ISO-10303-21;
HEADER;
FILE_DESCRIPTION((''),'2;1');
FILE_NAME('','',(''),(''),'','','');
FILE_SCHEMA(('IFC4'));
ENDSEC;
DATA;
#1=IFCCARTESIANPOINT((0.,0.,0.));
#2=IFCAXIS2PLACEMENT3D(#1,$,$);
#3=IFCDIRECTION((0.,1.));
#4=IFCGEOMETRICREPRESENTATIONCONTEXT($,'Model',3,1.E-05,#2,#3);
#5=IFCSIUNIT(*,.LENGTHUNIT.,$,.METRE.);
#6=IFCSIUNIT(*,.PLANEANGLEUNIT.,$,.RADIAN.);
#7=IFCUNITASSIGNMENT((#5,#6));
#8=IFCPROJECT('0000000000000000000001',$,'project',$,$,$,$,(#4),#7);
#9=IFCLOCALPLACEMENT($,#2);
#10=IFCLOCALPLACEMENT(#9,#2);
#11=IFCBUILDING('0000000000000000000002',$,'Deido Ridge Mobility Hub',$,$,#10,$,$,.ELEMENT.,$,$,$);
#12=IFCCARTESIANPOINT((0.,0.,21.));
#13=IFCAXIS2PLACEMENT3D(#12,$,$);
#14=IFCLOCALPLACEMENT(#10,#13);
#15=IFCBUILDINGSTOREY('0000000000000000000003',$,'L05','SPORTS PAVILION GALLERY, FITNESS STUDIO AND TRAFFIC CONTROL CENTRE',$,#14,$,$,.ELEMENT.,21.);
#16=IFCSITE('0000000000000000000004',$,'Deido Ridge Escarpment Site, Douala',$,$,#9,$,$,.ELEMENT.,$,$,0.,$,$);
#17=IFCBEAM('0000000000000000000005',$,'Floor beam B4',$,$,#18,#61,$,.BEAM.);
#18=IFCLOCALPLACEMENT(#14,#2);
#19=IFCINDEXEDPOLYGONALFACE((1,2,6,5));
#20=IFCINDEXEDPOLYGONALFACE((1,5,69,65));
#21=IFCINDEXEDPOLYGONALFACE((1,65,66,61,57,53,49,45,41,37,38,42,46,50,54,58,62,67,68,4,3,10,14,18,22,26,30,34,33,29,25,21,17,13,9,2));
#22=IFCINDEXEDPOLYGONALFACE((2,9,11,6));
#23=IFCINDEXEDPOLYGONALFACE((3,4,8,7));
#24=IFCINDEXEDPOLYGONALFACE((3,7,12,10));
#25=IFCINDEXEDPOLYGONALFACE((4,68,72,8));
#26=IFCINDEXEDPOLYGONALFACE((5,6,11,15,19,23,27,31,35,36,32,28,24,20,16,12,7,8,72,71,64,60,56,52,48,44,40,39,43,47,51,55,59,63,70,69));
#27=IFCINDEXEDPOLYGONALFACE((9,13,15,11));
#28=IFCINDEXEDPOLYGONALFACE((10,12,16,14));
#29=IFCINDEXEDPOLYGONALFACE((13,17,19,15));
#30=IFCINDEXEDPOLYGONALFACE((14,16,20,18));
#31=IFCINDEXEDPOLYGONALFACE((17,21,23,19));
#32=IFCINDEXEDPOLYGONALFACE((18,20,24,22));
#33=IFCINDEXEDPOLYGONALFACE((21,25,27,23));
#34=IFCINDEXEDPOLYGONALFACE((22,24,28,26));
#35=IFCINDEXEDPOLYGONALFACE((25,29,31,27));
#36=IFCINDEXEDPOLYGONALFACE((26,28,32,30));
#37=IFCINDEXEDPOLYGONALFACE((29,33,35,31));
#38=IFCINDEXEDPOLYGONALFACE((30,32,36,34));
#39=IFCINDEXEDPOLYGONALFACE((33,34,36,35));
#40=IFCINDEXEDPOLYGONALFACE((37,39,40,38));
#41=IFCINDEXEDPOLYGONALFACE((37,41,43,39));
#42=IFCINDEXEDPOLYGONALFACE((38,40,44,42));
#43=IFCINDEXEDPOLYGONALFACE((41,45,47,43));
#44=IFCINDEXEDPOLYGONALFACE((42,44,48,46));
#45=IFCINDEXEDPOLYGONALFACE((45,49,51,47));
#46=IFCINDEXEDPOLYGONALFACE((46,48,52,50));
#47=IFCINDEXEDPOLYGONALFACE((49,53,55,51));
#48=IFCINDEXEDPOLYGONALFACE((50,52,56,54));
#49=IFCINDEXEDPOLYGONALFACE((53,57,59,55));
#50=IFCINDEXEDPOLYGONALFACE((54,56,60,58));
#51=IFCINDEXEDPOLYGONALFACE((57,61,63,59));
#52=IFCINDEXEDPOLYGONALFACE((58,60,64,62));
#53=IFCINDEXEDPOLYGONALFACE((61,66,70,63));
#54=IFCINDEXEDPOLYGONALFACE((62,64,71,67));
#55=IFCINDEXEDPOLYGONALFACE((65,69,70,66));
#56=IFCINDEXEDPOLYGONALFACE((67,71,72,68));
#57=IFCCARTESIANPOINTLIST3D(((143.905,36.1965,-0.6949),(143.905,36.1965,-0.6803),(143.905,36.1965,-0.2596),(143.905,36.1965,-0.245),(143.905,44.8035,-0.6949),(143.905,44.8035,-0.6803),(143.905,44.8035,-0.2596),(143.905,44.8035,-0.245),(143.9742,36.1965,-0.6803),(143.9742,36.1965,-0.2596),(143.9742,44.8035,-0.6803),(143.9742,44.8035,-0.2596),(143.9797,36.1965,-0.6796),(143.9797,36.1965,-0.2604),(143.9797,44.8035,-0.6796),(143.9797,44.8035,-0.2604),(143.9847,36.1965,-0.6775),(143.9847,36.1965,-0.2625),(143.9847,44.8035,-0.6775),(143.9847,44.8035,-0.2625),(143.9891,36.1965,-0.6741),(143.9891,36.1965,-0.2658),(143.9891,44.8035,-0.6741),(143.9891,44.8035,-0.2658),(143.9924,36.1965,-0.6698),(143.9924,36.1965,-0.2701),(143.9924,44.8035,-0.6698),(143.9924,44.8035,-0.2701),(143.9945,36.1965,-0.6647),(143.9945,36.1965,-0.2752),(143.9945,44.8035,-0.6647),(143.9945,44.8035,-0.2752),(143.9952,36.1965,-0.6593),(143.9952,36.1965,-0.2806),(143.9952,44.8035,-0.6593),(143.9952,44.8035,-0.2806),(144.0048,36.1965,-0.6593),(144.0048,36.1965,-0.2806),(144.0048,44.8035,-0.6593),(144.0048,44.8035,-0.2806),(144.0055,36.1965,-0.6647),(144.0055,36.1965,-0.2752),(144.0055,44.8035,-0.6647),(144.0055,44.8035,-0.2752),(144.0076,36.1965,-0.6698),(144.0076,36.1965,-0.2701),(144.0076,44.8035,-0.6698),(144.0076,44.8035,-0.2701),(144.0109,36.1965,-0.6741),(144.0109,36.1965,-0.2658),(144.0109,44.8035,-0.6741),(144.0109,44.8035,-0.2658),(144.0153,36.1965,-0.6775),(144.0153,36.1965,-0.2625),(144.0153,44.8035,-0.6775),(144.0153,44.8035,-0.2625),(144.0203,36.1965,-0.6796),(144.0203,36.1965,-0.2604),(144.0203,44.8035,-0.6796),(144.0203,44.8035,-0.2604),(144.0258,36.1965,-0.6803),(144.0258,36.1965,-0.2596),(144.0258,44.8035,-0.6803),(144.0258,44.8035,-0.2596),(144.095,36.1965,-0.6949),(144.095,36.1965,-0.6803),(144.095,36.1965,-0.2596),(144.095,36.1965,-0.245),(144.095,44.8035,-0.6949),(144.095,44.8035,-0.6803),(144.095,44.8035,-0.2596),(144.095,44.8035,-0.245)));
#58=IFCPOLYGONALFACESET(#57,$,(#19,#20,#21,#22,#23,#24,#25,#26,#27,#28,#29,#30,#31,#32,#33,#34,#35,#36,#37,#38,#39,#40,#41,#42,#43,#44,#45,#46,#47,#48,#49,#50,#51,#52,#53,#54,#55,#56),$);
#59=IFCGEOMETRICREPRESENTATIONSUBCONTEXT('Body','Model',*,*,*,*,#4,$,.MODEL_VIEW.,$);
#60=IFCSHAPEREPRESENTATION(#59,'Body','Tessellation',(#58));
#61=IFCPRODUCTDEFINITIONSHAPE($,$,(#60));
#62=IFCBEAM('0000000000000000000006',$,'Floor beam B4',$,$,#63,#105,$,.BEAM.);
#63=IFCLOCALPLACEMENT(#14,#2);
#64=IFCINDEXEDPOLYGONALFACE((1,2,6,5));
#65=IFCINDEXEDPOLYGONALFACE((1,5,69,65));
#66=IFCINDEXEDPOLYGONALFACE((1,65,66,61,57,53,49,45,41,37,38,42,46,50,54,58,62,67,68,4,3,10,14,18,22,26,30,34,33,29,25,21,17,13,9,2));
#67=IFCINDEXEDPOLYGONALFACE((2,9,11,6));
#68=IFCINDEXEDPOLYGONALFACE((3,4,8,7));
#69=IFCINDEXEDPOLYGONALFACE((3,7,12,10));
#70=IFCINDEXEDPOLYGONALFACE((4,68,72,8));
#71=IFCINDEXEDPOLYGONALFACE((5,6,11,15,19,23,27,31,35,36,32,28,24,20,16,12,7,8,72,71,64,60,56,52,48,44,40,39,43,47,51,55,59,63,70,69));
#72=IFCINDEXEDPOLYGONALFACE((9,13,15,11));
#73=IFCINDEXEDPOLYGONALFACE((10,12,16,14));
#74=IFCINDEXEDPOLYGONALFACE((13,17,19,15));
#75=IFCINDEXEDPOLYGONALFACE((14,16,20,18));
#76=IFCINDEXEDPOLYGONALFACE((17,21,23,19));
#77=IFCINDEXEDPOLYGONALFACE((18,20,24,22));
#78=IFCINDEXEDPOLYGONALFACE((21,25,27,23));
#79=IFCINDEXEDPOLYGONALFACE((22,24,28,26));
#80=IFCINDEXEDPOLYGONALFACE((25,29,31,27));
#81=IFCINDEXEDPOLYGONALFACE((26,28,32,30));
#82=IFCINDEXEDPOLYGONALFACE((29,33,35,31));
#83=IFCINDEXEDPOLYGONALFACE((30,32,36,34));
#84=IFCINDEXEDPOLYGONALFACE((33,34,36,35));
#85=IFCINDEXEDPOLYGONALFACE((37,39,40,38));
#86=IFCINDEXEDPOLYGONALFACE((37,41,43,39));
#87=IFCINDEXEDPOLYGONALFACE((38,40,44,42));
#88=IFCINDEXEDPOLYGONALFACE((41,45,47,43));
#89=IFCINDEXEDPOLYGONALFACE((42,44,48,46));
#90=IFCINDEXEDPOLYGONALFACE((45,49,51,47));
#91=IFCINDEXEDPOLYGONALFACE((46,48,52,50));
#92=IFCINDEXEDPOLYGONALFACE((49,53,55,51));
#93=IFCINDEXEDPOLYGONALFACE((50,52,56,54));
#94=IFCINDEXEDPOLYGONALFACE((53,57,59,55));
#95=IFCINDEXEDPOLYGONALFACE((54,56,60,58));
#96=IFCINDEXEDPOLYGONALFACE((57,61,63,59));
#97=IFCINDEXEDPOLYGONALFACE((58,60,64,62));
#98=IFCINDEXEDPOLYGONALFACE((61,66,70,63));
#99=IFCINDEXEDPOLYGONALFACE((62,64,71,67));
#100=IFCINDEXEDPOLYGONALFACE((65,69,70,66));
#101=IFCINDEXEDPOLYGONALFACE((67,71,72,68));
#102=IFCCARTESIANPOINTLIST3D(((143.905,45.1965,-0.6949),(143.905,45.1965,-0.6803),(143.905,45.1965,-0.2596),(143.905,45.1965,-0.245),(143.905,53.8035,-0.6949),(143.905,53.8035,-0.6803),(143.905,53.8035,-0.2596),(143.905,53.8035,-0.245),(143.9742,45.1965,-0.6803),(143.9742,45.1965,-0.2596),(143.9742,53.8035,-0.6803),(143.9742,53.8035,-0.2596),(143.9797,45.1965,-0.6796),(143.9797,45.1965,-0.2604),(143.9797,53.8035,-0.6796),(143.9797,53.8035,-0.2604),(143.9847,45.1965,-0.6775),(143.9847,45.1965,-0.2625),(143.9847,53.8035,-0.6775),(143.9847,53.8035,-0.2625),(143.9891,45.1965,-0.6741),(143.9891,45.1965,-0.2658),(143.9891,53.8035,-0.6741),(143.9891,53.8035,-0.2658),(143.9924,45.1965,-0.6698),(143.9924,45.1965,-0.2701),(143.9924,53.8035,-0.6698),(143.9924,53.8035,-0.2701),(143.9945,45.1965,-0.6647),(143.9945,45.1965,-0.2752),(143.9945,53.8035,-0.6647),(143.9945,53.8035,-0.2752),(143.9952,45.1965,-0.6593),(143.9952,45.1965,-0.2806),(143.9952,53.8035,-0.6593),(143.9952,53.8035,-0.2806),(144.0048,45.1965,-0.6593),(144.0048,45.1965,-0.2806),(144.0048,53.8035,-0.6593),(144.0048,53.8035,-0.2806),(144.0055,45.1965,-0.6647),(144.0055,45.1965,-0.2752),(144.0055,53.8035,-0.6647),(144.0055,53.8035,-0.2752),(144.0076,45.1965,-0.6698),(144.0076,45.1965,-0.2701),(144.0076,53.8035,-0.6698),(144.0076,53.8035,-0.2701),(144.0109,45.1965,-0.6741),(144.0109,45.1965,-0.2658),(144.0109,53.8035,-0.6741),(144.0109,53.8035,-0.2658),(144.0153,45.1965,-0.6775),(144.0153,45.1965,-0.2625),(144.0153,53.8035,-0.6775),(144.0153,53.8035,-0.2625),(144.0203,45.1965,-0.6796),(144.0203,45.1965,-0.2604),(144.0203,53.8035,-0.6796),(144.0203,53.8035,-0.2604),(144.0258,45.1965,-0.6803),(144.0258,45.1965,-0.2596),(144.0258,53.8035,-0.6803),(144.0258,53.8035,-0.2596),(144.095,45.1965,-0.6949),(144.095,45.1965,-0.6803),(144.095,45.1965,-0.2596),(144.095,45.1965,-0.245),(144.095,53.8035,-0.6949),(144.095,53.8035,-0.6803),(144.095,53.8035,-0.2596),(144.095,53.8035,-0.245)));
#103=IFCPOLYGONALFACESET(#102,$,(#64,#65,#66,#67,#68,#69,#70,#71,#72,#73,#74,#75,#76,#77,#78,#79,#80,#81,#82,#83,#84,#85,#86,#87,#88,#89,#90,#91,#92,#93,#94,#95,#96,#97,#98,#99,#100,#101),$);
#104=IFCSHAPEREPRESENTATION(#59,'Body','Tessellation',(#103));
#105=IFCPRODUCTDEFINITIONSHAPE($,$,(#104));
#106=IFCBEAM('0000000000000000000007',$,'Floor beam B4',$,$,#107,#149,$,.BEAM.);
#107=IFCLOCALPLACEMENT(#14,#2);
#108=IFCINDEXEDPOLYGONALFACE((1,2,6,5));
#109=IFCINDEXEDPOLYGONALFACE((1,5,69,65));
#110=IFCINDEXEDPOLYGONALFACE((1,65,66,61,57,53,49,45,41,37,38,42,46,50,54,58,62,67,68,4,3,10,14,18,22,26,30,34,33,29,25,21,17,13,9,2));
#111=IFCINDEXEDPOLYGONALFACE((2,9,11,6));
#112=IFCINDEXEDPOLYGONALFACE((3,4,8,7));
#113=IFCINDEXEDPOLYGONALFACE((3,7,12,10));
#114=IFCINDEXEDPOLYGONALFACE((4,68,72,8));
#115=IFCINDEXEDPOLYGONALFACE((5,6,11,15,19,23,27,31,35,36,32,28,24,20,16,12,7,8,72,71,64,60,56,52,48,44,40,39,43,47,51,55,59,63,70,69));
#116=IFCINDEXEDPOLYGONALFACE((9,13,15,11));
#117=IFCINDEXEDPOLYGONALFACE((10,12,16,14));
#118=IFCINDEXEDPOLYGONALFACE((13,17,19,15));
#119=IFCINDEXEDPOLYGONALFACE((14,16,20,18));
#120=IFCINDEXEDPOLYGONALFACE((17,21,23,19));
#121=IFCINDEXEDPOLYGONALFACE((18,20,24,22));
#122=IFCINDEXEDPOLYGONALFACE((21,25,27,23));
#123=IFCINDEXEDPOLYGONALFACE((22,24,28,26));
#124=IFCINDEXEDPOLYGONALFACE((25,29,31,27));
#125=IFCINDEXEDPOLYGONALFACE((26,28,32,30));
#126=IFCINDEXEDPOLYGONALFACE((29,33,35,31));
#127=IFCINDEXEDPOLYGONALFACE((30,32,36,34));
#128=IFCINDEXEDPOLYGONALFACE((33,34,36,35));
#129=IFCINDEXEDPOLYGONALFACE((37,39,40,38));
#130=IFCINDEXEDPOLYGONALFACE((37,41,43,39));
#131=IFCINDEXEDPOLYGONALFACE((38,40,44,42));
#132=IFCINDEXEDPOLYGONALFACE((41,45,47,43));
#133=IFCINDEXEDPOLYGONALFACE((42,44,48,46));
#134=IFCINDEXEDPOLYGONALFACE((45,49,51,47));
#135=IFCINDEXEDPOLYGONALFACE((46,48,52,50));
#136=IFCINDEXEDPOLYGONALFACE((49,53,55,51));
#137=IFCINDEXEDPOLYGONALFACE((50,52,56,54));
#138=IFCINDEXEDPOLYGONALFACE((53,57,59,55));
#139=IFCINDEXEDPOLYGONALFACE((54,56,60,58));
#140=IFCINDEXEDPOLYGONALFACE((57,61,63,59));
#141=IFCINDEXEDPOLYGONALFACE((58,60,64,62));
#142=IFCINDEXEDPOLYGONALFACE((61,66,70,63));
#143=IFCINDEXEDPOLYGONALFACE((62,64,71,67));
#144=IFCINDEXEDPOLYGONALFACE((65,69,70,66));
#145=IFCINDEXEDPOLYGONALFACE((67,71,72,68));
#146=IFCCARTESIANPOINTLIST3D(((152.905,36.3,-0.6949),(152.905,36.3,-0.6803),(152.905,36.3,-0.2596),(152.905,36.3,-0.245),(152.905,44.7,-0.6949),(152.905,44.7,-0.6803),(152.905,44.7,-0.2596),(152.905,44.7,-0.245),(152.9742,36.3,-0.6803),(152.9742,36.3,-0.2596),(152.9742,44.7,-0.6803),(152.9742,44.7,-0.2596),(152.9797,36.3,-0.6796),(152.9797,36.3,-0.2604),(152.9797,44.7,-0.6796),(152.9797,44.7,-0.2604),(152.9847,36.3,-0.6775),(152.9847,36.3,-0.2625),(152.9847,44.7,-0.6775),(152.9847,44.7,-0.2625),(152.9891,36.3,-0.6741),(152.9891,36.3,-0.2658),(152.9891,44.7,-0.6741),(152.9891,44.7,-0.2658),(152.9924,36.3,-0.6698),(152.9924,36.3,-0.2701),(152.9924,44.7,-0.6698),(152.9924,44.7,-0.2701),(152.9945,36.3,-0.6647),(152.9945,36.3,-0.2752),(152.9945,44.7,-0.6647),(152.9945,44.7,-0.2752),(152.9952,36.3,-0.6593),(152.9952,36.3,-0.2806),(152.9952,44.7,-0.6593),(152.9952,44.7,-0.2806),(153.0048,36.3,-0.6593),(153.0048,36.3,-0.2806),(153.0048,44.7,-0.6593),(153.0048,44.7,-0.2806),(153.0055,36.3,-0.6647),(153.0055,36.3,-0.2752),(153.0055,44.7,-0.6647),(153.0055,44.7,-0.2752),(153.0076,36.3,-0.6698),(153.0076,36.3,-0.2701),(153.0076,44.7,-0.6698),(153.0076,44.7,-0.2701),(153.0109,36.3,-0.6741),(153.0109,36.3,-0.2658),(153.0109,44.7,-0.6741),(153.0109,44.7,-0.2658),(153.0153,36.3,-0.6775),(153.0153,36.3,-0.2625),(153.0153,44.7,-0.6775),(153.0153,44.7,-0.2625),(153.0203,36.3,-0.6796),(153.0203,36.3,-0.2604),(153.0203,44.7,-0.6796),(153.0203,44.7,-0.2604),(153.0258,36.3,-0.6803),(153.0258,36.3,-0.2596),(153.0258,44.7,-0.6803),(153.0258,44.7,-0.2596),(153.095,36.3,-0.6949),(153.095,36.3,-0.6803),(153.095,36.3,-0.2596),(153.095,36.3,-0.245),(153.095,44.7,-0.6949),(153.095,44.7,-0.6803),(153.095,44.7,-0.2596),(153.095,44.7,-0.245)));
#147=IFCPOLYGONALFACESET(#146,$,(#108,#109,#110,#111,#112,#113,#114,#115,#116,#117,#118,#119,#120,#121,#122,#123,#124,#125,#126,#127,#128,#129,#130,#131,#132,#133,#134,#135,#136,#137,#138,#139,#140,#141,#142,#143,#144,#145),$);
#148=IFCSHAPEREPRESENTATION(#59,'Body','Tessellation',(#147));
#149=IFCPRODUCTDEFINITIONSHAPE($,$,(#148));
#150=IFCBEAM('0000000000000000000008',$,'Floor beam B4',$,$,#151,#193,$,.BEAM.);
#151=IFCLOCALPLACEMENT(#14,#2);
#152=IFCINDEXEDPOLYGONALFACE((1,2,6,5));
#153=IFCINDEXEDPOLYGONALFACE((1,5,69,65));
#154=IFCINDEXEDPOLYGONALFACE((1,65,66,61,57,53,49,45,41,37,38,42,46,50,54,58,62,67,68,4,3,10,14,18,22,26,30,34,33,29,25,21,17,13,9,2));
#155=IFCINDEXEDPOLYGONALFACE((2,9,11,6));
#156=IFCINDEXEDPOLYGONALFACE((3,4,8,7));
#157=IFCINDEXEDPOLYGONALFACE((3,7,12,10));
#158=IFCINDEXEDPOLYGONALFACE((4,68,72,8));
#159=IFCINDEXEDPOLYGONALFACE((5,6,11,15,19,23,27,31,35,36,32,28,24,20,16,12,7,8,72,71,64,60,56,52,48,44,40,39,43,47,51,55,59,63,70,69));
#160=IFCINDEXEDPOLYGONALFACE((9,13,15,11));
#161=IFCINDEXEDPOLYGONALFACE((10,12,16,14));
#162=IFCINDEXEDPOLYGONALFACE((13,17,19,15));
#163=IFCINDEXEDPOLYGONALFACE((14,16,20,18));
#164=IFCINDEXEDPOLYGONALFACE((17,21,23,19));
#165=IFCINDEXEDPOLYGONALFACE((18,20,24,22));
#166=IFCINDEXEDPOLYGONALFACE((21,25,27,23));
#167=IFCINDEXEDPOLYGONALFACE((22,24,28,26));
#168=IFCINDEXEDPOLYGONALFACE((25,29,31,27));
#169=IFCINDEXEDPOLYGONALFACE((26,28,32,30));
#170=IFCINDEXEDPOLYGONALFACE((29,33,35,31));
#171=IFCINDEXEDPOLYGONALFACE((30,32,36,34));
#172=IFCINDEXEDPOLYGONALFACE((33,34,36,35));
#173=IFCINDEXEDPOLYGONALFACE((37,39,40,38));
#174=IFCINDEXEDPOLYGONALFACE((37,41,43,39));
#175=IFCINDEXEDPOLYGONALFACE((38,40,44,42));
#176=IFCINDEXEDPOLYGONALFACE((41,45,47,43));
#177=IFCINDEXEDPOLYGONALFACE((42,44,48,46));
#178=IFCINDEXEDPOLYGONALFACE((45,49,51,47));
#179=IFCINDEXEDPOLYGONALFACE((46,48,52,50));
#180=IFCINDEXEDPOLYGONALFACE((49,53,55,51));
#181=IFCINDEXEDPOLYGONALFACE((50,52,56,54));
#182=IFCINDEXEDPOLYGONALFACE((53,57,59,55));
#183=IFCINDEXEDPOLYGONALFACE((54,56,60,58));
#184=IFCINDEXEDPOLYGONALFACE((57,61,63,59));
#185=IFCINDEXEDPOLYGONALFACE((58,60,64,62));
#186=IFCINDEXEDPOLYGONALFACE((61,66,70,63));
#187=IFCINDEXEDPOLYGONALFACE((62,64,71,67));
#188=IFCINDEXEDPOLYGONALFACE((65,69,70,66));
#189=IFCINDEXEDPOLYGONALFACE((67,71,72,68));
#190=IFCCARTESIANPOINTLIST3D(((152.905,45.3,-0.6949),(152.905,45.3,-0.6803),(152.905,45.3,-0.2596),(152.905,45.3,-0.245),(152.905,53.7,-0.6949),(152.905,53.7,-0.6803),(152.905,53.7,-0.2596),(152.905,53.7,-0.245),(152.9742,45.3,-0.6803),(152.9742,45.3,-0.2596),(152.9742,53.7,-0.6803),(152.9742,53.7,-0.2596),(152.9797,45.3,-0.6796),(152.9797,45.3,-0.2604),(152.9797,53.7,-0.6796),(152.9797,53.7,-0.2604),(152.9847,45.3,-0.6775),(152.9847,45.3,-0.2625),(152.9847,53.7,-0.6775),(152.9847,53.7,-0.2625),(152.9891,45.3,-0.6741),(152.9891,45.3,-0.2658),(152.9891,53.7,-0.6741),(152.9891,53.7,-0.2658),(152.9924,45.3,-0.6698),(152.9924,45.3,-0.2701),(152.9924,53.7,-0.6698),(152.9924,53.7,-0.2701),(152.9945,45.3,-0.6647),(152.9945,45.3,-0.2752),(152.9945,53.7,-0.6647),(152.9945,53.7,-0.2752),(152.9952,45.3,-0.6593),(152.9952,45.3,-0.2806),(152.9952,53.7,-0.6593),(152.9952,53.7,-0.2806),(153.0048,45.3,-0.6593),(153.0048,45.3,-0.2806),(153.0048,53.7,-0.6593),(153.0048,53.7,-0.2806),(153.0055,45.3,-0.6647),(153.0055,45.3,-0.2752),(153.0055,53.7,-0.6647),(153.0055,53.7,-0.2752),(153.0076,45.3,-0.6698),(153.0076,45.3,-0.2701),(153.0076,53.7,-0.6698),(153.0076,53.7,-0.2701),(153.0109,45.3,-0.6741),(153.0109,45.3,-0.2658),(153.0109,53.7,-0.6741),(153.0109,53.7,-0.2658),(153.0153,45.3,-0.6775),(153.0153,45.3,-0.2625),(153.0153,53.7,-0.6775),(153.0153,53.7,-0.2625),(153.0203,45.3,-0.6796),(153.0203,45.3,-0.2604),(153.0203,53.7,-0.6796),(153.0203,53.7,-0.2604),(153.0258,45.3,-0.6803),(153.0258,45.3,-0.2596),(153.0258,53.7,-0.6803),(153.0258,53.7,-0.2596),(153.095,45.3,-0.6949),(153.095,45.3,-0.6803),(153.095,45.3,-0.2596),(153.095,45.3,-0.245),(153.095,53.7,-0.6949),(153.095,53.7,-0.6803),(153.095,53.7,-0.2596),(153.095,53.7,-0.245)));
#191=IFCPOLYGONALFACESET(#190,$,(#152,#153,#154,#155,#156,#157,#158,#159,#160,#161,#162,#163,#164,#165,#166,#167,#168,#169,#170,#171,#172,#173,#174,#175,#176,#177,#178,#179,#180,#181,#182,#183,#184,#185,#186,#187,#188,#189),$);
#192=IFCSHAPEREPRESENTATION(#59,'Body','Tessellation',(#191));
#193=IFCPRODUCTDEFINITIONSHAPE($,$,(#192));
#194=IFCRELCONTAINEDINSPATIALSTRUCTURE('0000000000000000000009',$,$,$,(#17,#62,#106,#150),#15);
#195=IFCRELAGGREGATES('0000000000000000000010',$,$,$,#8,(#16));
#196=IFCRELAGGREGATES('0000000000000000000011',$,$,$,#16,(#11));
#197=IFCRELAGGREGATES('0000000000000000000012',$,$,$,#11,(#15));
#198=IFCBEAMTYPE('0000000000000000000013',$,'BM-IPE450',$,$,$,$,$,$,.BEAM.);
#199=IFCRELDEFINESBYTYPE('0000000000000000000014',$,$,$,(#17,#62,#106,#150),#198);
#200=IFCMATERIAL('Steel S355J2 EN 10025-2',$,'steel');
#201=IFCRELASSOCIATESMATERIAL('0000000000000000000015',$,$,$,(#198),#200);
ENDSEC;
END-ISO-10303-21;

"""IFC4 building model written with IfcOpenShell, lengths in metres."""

from ifc_helpers import new_model, si_unit, direction, frame, origin, origin_2d, place, context, subcontext, project, spatial, i_section, extrude, material, material_profile, profile_set, type_object, element, save


model = new_model("IFC4")

# Units and contexts
model_context = context("Model", 3, precision=1e-05, world=origin(), true_north=direction((0.0, 1.0)))
body_context = subcontext(model_context, "Body", "Model", "MODEL_VIEW")
ifc_project = project(units=[si_unit("LENGTHUNIT", "METRE"), si_unit("PLANEANGLEUNIT", "RADIAN")], contexts=[model_context])

# Site, building, storey
site_placement = place(None, origin())
site = spatial("IfcSite", under=ifc_project, at=site_placement, Name="Deido Ridge Escarpment Site, Douala", CompositionType="ELEMENT", RefElevation=0.0)
building_placement = place(site_placement, origin())
building = spatial("IfcBuilding", under=site, at=building_placement, Name="Deido Ridge Mobility Hub", CompositionType="ELEMENT")
storey_placement = place(building_placement, frame((0.0, 0.0, 21.0)))
storey = spatial("IfcBuildingStorey", under=building, at=storey_placement, Name="L05", Description="SPORTS PAVILION GALLERY, FITNESS STUDIO AND TRAFFIC CONTROL CENTRE", CompositionType="ELEMENT", Elevation=21.0)

# Shared definitions
ifc_material_1 = material(Name="Steel S355J2 EN 10025-2", Category="steel")

# Beams
ifc_material_profile_1 = material_profile(ifc_material_1, i_section(OverallWidth=0.1899, OverallDepth=0.45, WebThickness=0.0095, FlangeThickness=0.0146, FilletRadius=0.021, at=origin_2d()), Name="IPE 450")
ifc_profile_set_1 = profile_set([ifc_material_profile_1], Name="Steel S355J2 EN 10025-2")
beam_type_1 = type_object("IfcBeamType", Name="BM-IPE450", PredefinedType="BEAM", material=ifc_profile_set_1)
for number, where, z_axis, x_axis, name in (
    (1, (144.0, 36.1965, -0.47), (0.0, 1.0, 0.0), (-1.0, 0.0, 0.0), "Floor beam B4"),
    (2, (144.0, 45.1965, -0.47), (0.0, 1.0, 0.0), (-1.0, 0.0, 0.0), "Floor beam B4"),
):
    element("IfcBeam", number, at=place(storey_placement, frame(where, z_axis=z_axis, x_axis=x_axis)), inside=storey, type_object=beam_type_1, Name=name, PredefinedType="BEAM", context=body_context, shape_type="SweptSolid", body=[
        extrude(i_section(OverallWidth=0.1899, OverallDepth=0.45, WebThickness=0.0095, FlangeThickness=0.0146, FilletRadius=0.021, at=origin_2d()), origin(), (0.0, 0.0, 1.0), 8.6069),
    ])
for number, where, z_axis, x_axis, name in (
    (3, (153.0, 36.3, -0.47), (0.0, 1.0, 0.0), (-1.0, 0.0, 0.0), "Floor beam B4"),
    (4, (153.0, 45.3, -0.47), (0.0, 1.0, 0.0), (-1.0, 0.0, 0.0), "Floor beam B4"),
):
    element("IfcBeam", number, at=place(storey_placement, frame(where, z_axis=z_axis, x_axis=x_axis)), inside=storey, type_object=beam_type_1, Name=name, PredefinedType="BEAM", context=body_context, shape_type="SweptSolid", body=[
        extrude(i_section(OverallWidth=0.1899, OverallDepth=0.45, WebThickness=0.0095, FlangeThickness=0.0146, FilletRadius=0.021, at=origin_2d()), origin(), (0.0, 0.0, 1.0), 8.3999),
    ])

save(model, "model.ifc")
